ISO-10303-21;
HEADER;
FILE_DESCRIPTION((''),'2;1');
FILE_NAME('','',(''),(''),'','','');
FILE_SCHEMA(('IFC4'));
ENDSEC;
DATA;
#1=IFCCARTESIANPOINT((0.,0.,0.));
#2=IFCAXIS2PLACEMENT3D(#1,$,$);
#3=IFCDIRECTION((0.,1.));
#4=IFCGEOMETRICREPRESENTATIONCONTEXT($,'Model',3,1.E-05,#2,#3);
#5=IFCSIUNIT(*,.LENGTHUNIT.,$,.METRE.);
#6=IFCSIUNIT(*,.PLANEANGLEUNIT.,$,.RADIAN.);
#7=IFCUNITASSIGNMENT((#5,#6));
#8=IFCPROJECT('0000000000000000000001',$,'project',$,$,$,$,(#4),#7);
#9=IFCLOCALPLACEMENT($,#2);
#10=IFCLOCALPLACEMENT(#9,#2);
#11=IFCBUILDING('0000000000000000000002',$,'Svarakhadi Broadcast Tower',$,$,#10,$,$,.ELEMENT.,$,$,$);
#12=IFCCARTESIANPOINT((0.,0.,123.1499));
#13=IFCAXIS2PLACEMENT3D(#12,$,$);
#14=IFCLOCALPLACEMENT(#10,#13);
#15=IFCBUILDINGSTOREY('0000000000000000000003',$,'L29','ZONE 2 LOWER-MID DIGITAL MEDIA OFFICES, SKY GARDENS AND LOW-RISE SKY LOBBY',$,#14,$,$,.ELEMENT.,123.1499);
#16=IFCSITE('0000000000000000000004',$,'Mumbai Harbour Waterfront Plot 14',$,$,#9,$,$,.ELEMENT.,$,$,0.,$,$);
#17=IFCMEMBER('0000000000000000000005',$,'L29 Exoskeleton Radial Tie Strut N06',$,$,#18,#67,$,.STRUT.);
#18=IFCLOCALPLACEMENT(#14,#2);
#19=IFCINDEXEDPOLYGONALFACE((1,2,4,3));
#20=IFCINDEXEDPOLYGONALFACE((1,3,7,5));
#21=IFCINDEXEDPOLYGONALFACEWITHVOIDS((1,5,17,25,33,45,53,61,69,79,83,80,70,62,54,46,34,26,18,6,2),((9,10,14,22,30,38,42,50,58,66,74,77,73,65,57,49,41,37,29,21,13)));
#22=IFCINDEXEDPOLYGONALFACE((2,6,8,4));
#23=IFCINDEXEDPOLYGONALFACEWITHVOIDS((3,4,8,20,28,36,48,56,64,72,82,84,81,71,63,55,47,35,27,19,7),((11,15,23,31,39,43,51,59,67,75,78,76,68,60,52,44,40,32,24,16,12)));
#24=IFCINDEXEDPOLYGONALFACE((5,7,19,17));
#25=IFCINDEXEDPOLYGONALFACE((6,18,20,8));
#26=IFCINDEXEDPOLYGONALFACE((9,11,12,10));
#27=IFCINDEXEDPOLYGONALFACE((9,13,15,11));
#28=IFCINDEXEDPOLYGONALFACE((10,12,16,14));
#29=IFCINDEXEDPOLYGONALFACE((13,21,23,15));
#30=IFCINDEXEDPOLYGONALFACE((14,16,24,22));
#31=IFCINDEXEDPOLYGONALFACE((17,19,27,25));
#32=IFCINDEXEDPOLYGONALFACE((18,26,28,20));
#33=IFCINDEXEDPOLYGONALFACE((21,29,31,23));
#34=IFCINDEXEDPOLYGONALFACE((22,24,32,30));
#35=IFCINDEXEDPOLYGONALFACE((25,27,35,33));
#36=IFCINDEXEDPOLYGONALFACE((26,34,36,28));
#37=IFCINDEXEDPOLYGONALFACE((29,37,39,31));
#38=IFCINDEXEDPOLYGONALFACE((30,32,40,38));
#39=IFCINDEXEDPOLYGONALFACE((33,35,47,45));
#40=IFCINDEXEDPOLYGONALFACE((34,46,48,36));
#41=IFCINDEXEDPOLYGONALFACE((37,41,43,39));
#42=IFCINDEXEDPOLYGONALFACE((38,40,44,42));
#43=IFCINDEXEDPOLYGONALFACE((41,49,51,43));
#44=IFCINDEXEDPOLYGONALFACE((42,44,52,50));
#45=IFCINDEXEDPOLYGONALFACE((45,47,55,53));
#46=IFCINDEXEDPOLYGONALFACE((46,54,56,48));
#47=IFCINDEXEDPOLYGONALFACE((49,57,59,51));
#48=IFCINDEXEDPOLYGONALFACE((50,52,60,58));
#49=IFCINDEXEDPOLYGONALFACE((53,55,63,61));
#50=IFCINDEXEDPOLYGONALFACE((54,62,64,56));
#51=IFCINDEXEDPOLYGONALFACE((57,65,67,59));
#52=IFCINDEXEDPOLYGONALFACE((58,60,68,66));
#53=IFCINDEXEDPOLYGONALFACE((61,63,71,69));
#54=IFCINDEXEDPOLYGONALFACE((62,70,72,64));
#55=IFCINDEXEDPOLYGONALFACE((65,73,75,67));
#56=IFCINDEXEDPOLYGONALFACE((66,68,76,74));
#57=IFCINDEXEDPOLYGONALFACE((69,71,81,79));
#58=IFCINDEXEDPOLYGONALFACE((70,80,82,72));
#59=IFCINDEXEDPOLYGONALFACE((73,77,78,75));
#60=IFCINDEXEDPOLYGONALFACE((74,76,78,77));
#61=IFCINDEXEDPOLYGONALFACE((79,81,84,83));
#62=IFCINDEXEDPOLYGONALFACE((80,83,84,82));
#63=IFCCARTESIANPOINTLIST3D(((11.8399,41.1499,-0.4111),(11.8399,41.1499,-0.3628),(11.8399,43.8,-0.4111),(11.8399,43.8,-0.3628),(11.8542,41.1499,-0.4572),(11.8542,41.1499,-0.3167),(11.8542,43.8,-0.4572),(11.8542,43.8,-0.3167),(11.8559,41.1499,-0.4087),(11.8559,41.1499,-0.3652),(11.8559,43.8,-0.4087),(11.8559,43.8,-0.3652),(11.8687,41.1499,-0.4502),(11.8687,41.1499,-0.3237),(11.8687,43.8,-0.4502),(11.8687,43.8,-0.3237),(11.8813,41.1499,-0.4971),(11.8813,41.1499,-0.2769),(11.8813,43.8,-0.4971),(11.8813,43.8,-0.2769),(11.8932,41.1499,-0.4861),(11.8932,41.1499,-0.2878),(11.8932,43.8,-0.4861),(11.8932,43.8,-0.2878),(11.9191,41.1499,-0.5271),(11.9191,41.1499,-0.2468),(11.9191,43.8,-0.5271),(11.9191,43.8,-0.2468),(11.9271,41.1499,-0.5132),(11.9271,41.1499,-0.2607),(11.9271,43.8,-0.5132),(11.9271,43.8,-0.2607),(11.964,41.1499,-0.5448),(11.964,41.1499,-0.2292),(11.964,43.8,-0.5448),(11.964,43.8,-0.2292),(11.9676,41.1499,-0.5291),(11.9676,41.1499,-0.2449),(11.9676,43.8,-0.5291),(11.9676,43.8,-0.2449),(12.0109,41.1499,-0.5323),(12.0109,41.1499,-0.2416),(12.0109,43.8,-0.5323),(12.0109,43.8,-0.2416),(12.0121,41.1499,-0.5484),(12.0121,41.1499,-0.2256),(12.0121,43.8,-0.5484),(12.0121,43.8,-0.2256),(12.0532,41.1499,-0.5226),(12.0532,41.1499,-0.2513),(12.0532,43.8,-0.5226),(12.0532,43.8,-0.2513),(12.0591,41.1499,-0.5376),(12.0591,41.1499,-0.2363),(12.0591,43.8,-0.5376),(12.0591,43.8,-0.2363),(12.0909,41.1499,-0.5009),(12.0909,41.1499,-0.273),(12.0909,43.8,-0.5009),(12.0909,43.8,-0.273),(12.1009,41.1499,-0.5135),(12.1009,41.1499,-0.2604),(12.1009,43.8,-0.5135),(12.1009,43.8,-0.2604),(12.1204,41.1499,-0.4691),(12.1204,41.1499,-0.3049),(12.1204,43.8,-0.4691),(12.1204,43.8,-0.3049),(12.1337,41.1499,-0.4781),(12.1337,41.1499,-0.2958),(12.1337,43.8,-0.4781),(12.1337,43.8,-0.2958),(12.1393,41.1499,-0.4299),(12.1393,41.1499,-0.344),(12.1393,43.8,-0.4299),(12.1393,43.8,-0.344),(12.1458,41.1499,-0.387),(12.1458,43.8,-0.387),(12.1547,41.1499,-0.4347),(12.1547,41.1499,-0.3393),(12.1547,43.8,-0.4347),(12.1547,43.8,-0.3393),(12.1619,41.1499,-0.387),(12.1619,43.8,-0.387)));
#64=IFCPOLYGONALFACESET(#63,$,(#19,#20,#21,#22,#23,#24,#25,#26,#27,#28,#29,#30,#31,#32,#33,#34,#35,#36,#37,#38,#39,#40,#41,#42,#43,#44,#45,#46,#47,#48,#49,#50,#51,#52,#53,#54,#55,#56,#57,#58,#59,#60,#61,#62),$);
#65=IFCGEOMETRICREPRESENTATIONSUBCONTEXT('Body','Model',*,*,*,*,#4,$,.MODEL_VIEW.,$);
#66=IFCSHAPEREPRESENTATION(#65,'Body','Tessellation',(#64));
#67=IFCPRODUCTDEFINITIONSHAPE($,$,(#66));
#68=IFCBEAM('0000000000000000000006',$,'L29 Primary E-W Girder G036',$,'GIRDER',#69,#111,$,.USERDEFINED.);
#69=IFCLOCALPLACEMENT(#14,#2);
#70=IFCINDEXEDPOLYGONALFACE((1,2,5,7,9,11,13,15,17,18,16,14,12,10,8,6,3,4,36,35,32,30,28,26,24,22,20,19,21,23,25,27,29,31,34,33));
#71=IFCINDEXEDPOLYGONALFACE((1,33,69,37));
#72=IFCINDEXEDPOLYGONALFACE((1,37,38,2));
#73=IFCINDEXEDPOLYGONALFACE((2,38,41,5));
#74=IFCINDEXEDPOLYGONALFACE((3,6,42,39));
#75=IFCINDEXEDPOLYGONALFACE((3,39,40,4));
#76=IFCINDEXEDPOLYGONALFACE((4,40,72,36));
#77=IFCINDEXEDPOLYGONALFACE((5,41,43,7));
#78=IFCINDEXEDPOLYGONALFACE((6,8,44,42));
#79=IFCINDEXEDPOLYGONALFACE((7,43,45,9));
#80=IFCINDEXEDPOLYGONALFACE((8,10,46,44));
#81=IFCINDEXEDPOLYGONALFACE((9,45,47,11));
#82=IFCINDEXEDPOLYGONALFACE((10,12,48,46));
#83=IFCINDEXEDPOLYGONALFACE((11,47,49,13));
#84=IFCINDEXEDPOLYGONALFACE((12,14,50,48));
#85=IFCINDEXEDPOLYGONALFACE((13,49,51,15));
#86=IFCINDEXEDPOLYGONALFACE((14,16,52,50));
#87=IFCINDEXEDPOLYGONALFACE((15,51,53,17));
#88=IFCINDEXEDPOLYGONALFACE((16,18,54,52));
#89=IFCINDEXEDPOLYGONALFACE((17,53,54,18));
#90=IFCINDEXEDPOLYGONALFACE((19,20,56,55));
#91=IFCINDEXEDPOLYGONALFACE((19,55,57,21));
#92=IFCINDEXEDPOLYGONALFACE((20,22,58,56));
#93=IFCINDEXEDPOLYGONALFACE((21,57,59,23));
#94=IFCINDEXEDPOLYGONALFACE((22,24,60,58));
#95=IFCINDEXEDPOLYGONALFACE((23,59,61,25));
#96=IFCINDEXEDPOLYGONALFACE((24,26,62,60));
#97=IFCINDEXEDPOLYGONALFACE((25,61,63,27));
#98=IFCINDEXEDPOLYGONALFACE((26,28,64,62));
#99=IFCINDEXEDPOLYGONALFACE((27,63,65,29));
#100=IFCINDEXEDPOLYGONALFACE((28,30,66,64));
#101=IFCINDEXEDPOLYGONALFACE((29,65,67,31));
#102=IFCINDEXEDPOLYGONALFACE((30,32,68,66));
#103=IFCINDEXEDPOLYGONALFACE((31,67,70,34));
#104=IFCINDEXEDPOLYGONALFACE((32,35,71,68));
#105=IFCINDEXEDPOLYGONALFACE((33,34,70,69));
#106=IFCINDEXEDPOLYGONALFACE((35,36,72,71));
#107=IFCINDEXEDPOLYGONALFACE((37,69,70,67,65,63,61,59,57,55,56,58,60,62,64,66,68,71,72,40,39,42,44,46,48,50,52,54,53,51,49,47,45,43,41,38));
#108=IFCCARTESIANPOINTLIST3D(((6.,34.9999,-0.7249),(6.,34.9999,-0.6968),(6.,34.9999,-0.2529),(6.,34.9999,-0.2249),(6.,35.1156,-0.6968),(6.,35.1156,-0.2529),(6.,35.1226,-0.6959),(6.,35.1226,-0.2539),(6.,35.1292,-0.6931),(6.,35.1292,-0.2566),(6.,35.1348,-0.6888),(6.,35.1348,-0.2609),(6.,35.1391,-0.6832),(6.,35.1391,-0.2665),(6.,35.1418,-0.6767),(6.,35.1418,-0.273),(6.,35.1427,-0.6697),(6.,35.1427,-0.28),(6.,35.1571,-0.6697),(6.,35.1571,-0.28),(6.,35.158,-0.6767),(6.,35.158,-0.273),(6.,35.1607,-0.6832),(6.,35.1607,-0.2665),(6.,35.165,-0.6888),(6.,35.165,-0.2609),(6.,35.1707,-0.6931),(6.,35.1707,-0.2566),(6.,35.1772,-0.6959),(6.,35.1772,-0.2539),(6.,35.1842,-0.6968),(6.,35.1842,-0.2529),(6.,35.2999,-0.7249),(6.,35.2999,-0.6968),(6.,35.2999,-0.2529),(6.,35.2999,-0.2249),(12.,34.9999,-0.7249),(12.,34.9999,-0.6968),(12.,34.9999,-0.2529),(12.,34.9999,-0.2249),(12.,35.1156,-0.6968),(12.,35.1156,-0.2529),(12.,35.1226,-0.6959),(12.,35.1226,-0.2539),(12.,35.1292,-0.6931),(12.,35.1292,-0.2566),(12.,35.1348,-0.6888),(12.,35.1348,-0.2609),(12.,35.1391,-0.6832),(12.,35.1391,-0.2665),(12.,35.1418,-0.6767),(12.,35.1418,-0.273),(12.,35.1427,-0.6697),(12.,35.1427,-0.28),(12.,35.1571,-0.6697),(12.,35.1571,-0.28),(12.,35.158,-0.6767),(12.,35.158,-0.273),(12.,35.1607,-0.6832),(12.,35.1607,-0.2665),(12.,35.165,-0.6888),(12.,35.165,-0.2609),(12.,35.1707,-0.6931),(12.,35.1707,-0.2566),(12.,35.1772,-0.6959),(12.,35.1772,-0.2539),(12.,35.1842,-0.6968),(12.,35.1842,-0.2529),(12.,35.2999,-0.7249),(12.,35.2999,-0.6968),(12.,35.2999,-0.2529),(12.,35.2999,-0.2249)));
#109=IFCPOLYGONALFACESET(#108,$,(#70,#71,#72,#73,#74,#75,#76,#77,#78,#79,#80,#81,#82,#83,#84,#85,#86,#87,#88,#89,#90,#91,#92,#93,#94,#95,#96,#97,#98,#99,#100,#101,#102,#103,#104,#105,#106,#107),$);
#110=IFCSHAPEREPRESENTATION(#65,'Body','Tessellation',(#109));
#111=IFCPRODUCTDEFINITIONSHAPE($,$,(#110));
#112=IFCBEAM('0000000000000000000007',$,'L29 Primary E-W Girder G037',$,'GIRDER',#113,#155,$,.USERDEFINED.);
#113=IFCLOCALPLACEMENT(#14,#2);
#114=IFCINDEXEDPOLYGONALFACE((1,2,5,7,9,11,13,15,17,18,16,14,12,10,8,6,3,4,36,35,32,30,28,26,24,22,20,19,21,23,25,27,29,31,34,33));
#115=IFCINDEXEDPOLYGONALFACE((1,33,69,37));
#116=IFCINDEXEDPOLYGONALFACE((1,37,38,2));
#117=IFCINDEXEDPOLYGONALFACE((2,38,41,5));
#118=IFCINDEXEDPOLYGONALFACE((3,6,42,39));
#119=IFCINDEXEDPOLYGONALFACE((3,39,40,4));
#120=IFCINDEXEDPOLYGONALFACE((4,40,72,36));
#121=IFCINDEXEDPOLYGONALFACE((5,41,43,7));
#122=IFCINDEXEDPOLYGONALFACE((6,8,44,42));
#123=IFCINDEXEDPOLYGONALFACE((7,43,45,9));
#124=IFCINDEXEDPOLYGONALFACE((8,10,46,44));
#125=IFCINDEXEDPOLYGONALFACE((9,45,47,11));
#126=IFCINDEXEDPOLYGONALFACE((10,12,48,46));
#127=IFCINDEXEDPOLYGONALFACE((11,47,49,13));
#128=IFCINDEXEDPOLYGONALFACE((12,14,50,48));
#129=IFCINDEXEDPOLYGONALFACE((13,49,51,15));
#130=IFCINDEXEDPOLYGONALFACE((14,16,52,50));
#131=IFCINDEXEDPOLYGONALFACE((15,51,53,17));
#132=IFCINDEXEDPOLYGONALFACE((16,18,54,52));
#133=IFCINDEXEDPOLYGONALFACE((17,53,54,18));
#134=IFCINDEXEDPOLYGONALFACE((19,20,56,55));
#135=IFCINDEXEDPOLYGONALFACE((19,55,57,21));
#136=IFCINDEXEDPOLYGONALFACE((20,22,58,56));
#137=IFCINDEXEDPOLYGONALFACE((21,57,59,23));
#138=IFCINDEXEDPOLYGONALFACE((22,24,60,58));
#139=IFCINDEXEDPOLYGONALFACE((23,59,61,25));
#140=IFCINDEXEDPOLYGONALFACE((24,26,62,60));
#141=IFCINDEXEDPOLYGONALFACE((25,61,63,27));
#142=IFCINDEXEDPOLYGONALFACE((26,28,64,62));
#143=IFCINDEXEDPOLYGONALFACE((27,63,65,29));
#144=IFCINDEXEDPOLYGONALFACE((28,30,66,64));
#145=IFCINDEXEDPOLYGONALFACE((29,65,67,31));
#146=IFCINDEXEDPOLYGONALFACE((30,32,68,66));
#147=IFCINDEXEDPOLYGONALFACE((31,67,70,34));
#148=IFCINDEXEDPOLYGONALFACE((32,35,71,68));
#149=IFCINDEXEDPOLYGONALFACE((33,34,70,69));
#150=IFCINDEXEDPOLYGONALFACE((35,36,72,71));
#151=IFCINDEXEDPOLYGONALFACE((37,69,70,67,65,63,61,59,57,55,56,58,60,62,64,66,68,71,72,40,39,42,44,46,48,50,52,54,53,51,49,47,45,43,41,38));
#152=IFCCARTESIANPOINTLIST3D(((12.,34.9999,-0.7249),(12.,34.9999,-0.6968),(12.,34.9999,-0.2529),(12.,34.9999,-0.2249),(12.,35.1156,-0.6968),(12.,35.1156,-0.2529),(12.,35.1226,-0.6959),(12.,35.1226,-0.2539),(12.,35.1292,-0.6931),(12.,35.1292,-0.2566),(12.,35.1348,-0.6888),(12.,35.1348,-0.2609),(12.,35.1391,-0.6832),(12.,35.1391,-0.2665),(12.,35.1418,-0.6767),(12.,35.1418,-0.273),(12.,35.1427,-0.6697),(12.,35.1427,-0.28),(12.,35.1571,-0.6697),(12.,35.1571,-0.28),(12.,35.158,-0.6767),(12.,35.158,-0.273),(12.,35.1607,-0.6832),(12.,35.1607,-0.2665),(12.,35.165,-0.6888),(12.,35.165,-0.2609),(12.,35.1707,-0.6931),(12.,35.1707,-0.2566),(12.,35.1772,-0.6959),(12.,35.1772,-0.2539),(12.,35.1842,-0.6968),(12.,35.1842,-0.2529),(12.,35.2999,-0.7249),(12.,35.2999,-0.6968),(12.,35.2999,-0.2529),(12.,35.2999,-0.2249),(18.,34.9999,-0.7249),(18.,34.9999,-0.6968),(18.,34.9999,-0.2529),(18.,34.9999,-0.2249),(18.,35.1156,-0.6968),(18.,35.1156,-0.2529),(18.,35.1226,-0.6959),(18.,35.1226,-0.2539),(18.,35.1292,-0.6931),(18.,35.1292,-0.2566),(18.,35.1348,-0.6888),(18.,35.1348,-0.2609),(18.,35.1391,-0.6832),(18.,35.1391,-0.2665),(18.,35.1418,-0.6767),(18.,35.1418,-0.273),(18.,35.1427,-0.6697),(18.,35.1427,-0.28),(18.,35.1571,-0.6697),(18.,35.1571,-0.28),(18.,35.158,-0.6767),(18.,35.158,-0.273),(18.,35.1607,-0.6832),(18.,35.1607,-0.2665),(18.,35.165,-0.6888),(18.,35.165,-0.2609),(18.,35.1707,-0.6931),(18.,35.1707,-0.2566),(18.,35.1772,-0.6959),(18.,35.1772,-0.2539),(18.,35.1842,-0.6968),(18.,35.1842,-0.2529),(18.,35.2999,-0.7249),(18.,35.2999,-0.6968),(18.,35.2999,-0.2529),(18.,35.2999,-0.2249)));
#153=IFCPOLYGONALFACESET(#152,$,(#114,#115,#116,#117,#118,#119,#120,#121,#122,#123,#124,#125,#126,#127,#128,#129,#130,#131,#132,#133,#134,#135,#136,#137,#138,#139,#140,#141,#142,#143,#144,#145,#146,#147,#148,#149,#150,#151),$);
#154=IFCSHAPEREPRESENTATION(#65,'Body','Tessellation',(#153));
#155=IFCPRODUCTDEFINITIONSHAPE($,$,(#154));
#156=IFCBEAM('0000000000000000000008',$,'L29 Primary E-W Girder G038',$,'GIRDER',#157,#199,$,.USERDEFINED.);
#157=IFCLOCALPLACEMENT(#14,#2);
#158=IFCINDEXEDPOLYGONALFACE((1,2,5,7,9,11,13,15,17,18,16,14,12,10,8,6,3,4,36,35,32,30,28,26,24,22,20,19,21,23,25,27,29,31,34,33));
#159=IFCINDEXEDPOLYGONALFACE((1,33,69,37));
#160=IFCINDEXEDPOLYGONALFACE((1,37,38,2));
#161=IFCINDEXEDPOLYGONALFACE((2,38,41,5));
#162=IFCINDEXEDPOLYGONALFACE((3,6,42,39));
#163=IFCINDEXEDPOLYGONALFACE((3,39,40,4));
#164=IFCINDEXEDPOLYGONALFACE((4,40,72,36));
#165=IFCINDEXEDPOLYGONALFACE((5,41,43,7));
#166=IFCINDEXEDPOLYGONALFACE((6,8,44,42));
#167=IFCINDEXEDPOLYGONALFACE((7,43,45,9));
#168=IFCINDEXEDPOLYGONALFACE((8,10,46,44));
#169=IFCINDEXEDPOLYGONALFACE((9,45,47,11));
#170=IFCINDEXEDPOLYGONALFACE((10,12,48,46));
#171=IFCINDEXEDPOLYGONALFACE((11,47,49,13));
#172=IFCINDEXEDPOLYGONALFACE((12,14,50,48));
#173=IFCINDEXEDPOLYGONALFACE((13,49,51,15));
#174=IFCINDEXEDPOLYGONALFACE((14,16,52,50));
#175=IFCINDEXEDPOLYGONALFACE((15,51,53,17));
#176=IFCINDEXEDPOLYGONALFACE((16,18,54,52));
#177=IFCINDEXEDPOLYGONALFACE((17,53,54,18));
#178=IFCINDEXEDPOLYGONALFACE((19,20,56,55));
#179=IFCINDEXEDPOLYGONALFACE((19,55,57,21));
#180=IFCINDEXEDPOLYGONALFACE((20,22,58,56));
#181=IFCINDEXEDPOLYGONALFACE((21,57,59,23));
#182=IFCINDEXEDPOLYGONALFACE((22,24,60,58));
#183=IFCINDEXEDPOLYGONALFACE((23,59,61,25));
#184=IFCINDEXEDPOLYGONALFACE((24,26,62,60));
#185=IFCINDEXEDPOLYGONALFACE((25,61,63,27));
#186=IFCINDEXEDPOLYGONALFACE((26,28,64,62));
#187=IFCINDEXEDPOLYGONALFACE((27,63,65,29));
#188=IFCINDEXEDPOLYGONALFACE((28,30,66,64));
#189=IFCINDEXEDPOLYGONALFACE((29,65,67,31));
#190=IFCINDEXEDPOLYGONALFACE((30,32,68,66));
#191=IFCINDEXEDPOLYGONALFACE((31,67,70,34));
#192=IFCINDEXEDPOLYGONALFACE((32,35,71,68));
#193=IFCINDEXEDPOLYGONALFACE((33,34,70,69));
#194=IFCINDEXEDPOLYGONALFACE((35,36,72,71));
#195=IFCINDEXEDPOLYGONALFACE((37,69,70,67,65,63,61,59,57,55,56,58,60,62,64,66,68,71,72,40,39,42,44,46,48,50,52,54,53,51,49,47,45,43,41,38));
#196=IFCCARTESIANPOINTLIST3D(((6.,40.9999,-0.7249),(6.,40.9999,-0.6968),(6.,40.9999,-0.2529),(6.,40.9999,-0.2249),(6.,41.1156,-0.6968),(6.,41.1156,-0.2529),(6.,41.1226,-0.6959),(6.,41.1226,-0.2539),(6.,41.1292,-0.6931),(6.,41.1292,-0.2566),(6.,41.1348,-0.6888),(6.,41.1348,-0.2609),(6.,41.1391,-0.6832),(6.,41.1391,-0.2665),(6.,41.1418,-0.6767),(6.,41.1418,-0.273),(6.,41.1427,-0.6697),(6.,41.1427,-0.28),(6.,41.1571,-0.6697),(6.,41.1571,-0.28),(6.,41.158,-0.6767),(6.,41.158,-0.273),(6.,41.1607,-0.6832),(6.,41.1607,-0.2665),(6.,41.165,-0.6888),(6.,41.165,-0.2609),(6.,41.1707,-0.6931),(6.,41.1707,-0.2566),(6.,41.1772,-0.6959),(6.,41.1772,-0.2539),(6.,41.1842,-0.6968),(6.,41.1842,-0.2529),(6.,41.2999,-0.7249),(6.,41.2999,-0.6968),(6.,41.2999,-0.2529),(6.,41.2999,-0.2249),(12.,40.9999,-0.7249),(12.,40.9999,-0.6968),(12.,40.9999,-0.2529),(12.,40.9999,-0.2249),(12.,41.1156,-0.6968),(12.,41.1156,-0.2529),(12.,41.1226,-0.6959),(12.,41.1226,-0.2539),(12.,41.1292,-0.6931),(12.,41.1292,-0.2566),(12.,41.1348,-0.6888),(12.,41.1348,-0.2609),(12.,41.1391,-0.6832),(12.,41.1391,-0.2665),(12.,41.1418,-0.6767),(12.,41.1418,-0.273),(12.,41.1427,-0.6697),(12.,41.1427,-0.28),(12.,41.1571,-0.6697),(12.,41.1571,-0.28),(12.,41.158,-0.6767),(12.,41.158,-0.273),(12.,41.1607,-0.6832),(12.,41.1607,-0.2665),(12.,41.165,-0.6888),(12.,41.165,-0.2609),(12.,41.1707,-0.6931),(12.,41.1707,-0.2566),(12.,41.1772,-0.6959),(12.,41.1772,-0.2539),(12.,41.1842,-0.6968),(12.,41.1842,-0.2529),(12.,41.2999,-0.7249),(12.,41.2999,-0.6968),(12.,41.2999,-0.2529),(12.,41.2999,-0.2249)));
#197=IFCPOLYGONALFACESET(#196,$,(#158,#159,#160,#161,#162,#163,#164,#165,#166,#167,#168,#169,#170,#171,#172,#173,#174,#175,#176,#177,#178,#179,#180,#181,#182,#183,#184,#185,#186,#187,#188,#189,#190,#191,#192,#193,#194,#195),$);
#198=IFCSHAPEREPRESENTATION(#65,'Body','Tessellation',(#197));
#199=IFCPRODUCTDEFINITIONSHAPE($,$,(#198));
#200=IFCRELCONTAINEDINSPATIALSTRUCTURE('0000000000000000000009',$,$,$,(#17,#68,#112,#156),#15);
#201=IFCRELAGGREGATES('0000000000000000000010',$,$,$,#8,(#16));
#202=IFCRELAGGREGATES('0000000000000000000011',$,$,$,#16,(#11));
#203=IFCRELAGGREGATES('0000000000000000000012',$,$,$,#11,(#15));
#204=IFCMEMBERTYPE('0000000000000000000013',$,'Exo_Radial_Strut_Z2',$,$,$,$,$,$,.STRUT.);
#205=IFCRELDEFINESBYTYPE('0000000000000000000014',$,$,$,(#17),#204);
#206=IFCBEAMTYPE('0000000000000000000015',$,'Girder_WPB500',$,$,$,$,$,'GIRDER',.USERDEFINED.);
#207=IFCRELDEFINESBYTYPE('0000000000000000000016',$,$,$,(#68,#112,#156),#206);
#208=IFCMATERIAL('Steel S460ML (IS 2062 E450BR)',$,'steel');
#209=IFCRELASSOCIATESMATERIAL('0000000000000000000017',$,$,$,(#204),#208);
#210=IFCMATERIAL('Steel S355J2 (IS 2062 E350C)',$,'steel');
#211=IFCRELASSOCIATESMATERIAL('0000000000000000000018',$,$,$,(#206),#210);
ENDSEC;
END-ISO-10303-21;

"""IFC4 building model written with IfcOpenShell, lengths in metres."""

from ifc_helpers import new_model, si_unit, direction, frame, origin, origin_2d, place, context, subcontext, project, spatial, hollow_circle, i_section, extrude, material, material_profile, profile_set, type_object, element, save


model = new_model("IFC4")

# Units and contexts
model_context = context("Model", 3, precision=1e-05, world=origin(), true_north=direction((0.0, 1.0)))
body_context = subcontext(model_context, "Body", "Model", "MODEL_VIEW")
ifc_project = project(units=[si_unit("LENGTHUNIT", "METRE"), si_unit("PLANEANGLEUNIT", "RADIAN")], contexts=[model_context])

# Site, building, storey
site_placement = place(None, origin())
site = spatial("IfcSite", under=ifc_project, at=site_placement, Name="Mumbai Harbour Waterfront Plot 14", CompositionType="ELEMENT", RefElevation=0.0)
building_placement = place(site_placement, origin())
building = spatial("IfcBuilding", under=site, at=building_placement, Name="Svarakhadi Broadcast Tower", CompositionType="ELEMENT")
storey_placement = place(building_placement, frame((0.0, 0.0, 123.1499)))
storey = spatial("IfcBuildingStorey", under=building, at=storey_placement, Name="L29", Description="ZONE 2 LOWER-MID DIGITAL MEDIA OFFICES, SKY GARDENS AND LOW-RISE SKY LOBBY", CompositionType="ELEMENT", Elevation=123.1499)

# Shared definitions
ifc_material_1 = material(Name="Steel S460ML (IS 2062 E450BR)", Category="steel")

# Shared definitions
ifc_material_2 = material(Name="Steel S355J2 (IS 2062 E350C)", Category="steel")

# Member
ifc_material_profile_1 = material_profile(ifc_material_1, hollow_circle(Radius=0.1619, WallThickness=0.0161, at=origin_2d()), Name="CHS 323.9x16")
ifc_profile_set_1 = profile_set([ifc_material_profile_1], Name="Steel S460ML (IS 2062 E450BR)")
member_type_1 = type_object("IfcMemberType", Name="Exo_Radial_Strut_Z2", PredefinedType="STRUT", material=ifc_profile_set_1)
member_1_placement = place(storey_placement, frame((12.0, 43.8, -0.387), z_axis=(0.0, -1.0, 0.0), x_axis=(1.0, 0.0, 0.0)))
element("IfcMember", 1, at=member_1_placement, inside=storey, type_object=member_type_1, Name="L29 Exoskeleton Radial Tie Strut N06", PredefinedType="STRUT", context=body_context, shape_type="SweptSolid", body=[
    extrude(hollow_circle(Radius=0.1619, WallThickness=0.0161, at=origin_2d()), origin(), (0.0, 0.0, 1.0), 2.6501),
])

# Beams
ifc_material_profile_2 = material_profile(ifc_material_2, i_section(OverallWidth=0.3, OverallDepth=0.5, WebThickness=0.0144, FlangeThickness=0.0281, FilletRadius=0.0271, at=origin_2d()), Name="WPB 500x300x187")
ifc_profile_set_2 = profile_set([ifc_material_profile_2], Name="Steel S355J2 (IS 2062 E350C)")
beam_type_1 = type_object("IfcBeamType", Name="Girder_WPB500", ElementType="GIRDER", PredefinedType="USERDEFINED", material=ifc_profile_set_2)
for number, where, z_axis, x_axis, name in (
    (2, (6.0, 35.1499, -0.4749), (1.0, 0.0, 0.0), (0.0, 1.0, 0.0), "L29 Primary E-W Girder G036"),
    (3, (12.0, 35.1499, -0.4749), (1.0, 0.0, 0.0), (0.0, 1.0, 0.0), "L29 Primary E-W Girder G037"),
    (4, (6.0, 41.1499, -0.4749), (1.0, 0.0, 0.0), (0.0, 1.0, 0.0), "L29 Primary E-W Girder G038"),
):
    element("IfcBeam", number, at=place(storey_placement, frame(where, z_axis=z_axis, x_axis=x_axis)), inside=storey, type_object=beam_type_1, Name=name, ObjectType="GIRDER", PredefinedType="USERDEFINED", context=body_context, shape_type="SweptSolid", body=[
        extrude(i_section(OverallWidth=0.3, OverallDepth=0.5, WebThickness=0.0144, FlangeThickness=0.0281, FilletRadius=0.0271, at=origin_2d()), origin(), (0.0, 0.0, 1.0), 6.0),
    ])

save(model, "model.ifc")
